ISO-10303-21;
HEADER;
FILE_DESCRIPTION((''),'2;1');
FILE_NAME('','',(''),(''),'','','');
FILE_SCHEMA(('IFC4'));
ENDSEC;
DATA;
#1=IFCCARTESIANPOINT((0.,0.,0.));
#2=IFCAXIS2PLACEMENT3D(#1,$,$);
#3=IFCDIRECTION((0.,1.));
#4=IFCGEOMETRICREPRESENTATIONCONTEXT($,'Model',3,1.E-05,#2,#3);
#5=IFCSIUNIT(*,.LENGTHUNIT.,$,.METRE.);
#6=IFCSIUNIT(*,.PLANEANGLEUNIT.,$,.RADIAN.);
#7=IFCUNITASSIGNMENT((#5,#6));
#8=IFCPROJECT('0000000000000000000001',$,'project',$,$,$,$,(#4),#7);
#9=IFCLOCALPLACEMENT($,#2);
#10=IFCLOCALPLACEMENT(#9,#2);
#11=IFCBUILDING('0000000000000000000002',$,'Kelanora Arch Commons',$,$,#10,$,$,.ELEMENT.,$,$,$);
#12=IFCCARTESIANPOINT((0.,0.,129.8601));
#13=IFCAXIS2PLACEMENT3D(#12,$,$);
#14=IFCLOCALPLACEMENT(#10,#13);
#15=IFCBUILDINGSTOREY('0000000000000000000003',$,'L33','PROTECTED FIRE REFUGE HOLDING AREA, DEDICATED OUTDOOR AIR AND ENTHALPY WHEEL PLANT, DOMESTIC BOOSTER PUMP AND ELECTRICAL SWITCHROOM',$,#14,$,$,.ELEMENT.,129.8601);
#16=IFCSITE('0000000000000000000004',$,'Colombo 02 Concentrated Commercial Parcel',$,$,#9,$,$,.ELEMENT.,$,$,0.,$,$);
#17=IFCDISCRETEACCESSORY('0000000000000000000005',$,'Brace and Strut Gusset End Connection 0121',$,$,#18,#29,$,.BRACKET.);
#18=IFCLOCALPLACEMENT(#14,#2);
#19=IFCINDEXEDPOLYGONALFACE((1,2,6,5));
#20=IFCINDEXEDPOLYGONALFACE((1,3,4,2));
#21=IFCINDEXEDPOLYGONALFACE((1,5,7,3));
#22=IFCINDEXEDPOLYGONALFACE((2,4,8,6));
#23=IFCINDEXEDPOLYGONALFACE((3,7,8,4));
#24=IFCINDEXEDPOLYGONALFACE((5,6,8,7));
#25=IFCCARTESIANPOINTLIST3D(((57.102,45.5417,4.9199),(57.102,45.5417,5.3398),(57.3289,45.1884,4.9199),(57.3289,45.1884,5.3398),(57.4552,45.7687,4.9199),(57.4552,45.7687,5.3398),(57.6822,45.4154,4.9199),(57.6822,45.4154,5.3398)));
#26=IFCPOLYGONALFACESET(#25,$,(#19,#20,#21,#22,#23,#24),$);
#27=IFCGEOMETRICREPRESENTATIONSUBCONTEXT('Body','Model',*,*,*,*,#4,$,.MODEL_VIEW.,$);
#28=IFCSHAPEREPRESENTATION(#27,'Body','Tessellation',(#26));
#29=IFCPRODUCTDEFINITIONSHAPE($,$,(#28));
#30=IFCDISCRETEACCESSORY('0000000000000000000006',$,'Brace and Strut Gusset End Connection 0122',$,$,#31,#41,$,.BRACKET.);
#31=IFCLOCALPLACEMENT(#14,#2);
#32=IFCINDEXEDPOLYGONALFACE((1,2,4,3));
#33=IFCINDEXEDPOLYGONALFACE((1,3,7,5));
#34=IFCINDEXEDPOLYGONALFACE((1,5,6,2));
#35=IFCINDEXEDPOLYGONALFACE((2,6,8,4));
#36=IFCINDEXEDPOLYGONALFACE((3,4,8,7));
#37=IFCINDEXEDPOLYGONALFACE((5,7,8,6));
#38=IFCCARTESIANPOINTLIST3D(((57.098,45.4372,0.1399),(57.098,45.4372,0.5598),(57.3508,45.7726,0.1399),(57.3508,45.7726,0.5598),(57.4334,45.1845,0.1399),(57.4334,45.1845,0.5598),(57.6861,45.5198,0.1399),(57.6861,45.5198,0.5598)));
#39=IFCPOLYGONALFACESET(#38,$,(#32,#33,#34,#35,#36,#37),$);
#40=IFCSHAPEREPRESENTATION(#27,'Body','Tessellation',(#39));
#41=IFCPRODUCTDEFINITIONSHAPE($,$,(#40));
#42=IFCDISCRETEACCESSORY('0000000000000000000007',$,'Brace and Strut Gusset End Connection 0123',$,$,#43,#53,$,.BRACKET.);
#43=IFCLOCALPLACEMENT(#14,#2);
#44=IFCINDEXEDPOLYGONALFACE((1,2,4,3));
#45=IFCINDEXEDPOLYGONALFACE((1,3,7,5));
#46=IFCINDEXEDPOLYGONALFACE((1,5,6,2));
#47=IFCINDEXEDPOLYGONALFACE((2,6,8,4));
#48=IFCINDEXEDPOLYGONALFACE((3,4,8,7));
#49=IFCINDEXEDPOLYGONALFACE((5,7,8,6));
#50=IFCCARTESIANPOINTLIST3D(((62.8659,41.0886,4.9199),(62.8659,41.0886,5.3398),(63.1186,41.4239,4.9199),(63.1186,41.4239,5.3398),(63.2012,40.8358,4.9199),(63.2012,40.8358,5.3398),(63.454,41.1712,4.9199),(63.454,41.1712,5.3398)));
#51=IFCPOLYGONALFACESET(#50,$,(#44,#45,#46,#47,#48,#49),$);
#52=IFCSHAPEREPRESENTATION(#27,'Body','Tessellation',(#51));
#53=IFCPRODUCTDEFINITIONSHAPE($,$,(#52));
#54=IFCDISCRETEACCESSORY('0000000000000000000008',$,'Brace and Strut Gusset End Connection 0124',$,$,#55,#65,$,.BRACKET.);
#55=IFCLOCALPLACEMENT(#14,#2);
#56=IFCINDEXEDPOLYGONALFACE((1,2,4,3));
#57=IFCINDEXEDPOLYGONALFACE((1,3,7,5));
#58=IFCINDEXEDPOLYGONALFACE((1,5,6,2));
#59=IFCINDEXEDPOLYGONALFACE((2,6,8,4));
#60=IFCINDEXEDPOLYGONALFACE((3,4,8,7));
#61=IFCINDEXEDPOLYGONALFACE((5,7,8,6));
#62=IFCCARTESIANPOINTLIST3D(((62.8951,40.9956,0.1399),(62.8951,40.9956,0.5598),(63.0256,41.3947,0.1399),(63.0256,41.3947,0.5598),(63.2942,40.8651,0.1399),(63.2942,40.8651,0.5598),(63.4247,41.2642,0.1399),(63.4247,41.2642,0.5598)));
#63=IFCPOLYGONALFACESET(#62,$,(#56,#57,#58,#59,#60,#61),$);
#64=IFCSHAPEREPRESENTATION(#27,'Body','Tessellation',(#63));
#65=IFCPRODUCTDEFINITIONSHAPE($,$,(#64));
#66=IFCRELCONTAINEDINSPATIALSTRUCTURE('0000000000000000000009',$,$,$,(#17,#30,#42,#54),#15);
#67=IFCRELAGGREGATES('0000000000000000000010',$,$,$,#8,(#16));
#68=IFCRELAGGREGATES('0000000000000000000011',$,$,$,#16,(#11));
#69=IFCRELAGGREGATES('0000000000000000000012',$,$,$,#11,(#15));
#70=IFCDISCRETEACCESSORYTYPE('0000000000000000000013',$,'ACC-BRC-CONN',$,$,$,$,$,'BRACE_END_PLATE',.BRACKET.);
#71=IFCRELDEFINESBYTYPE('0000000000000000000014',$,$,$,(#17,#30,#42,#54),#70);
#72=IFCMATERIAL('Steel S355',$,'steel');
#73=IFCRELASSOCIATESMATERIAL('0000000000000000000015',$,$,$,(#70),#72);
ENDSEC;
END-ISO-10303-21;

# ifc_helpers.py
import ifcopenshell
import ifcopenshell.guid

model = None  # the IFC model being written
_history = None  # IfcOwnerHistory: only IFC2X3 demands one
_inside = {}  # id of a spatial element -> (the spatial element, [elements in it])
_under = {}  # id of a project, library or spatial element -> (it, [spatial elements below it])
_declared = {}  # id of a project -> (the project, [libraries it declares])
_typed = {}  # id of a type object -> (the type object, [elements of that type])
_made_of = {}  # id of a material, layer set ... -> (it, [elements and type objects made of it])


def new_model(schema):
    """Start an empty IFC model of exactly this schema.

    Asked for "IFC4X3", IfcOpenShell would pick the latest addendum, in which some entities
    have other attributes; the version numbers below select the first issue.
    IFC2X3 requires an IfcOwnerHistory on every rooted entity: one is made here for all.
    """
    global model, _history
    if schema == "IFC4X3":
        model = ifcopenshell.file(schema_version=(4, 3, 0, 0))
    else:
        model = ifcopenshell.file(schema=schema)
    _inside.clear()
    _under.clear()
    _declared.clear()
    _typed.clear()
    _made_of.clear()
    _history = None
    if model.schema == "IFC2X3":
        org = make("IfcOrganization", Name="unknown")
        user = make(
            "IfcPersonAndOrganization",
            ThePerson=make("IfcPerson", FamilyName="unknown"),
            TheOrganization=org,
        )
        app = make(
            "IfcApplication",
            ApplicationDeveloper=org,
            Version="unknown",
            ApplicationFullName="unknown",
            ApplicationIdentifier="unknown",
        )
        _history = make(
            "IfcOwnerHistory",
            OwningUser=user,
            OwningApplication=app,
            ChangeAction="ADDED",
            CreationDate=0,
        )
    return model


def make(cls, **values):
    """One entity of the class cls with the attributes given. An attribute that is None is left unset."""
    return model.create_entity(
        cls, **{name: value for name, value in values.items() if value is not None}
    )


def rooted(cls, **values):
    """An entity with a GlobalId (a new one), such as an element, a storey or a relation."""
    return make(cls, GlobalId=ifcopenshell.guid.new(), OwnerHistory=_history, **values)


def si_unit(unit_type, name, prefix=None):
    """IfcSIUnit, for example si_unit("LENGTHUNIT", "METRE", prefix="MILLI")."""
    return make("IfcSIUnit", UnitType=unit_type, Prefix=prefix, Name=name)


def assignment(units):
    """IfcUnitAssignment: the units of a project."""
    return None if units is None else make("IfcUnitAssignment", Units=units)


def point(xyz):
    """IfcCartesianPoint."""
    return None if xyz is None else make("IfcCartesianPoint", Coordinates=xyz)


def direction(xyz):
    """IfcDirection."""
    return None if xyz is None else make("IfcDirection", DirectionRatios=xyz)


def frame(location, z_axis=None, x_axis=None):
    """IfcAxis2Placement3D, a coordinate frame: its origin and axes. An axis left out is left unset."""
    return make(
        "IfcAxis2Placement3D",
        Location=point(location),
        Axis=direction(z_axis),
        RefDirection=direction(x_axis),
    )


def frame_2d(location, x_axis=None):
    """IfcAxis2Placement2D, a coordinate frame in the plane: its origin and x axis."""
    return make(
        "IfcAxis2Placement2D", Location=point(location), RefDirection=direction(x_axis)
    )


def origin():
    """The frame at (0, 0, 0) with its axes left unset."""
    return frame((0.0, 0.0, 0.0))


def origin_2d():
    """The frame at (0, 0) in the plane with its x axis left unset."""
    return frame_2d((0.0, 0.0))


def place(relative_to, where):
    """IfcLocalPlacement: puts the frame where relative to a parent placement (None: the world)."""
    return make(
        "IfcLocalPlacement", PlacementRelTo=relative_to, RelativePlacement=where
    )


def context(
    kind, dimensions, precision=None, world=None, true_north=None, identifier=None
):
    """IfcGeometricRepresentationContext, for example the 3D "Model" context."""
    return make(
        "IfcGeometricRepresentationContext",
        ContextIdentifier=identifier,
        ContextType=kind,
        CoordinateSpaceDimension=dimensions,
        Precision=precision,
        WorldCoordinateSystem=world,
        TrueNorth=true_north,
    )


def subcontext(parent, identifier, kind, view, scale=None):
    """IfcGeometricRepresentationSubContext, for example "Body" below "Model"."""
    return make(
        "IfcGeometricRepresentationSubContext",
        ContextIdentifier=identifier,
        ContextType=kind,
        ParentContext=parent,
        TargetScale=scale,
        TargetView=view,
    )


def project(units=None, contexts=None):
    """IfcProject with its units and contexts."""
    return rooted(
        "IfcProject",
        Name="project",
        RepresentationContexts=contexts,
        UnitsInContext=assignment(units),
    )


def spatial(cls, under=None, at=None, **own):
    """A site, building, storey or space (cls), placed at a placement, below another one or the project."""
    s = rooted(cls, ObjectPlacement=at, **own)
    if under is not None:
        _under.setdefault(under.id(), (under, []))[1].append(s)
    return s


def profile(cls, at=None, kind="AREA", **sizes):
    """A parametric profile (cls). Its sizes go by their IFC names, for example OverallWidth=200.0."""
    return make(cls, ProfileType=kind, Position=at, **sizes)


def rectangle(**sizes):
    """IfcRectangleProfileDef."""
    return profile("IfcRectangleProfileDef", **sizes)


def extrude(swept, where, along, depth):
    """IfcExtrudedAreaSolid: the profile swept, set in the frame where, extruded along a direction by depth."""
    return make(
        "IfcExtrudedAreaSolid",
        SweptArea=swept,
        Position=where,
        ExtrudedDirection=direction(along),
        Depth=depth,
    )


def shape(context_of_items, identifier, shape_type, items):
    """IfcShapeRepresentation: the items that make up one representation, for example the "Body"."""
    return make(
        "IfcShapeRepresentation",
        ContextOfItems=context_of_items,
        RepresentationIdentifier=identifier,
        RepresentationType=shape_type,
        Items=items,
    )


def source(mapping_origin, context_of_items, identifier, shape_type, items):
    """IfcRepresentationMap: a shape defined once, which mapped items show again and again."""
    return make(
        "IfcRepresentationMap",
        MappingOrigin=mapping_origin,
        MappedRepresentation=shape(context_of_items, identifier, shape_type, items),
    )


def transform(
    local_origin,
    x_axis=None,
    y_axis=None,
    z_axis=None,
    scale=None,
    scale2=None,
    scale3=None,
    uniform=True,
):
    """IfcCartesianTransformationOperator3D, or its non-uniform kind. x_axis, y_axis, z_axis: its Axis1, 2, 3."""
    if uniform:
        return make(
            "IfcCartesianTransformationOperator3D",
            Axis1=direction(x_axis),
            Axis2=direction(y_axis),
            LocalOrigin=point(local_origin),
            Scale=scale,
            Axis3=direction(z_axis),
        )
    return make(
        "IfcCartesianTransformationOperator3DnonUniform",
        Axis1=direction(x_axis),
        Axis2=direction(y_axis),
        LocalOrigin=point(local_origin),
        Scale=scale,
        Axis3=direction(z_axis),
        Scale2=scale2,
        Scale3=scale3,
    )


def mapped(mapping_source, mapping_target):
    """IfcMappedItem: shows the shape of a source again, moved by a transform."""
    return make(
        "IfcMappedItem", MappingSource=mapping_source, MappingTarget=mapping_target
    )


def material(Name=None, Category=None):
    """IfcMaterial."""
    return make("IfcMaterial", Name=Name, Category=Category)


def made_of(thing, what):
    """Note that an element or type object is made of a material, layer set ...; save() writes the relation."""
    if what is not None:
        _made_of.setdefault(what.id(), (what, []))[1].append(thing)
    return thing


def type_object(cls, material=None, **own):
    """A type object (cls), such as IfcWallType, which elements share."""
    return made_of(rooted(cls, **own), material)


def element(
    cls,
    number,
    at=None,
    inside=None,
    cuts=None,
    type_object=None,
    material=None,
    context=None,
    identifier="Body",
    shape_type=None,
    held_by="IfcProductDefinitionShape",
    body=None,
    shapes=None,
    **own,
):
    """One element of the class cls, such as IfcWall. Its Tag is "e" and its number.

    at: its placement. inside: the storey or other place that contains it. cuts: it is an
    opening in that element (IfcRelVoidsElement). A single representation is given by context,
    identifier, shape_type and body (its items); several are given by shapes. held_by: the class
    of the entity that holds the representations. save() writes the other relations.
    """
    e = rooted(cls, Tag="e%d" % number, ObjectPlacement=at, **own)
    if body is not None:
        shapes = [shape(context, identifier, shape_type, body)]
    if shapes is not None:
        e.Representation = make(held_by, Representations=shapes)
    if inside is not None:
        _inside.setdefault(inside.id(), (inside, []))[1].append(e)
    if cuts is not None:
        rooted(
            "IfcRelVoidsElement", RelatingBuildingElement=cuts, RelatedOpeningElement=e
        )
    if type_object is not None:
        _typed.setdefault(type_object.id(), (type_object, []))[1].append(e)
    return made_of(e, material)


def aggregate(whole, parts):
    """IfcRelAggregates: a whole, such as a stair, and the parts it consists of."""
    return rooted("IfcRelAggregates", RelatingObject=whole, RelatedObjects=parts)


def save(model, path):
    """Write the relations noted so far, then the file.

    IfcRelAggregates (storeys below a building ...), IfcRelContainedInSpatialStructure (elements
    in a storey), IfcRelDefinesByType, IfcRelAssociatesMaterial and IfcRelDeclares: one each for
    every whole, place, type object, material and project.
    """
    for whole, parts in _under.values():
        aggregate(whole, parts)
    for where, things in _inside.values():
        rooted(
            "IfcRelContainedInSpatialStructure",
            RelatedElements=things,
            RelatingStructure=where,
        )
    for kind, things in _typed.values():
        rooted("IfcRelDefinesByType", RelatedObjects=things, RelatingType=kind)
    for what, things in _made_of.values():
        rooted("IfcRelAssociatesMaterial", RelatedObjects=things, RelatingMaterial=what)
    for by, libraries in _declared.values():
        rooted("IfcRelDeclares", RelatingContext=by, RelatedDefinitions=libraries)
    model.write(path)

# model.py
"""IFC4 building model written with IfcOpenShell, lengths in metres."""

from ifc_helpers import new_model, si_unit, direction, frame, origin, origin_2d, place, context, subcontext, project, spatial, rectangle, extrude, source, transform, mapped, material, type_object, element, save


model = new_model("IFC4")

# Units and contexts
model_context = context("Model", 3, precision=1e-05, world=origin(), true_north=direction((0.0, 1.0)))
body_context = subcontext(model_context, "Body", "Model", "MODEL_VIEW")
ifc_project = project(units=[si_unit("LENGTHUNIT", "METRE"), si_unit("PLANEANGLEUNIT", "RADIAN")], contexts=[model_context])

# Site, building, storey
site_placement = place(None, origin())
site = spatial("IfcSite", under=ifc_project, at=site_placement, Name="Colombo 02 Concentrated Commercial Parcel", CompositionType="ELEMENT", RefElevation=0.0)
building_placement = place(site_placement, origin())
building = spatial("IfcBuilding", under=site, at=building_placement, Name="Kelanora Arch Commons", CompositionType="ELEMENT")
storey_placement = place(building_placement, frame((0.0, 0.0, 129.8601)))
storey = spatial("IfcBuildingStorey", under=building, at=storey_placement, Name="L33", Description="PROTECTED FIRE REFUGE HOLDING AREA, DEDICATED OUTDOOR AIR AND ENTHALPY WHEEL PLANT, DOMESTIC BOOSTER PUMP AND ELECTRICAL SWITCHROOM", CompositionType="ELEMENT", Elevation=129.8601)

# Shared definitions
ifc_material_1 = material(Name="Steel S355", Category="steel")

# Discrete accessories
discrete_accessory_type = type_object("IfcDiscreteAccessoryType", Name="ACC-BRC-CONN", ElementType="BRACE_END_PLATE", PredefinedType="BRACKET", material=ifc_material_1)
shared_shape = source(origin(), body_context, "Body", "SweptSolid", [
    extrude(rectangle(XDim=0.4199, YDim=0.4199, at=origin_2d()), origin(), (0.0, 0.0, 1.0), 0.4199),
])
for number, where, z_axis, x_axis, name in (
    (1, (57.3921, 45.4785, 4.9199), (0.0, 0.0, 1.0), (0.540534, -0.841322, 0.0), "Brace and Strut Gusset End Connection 0121"),
    (2, (57.3921, 45.4785, 0.1399), (0.0, 0.0, 1.0), (0.79853, -0.601954, 0.0), "Brace and Strut Gusset End Connection 0122"),
    (3, (63.1599, 41.1299, 4.9199), (0.0, 0.0, 1.0), (0.79853, -0.601954, 0.0), "Brace and Strut Gusset End Connection 0123"),
    (4, (63.1599, 41.1299, 0.1399), (0.0, 0.0, 1.0), (0.950461, -0.310842, 0.0), "Brace and Strut Gusset End Connection 0124"),
):
    element("IfcDiscreteAccessory", number, at=place(storey_placement, frame(where, z_axis=z_axis, x_axis=x_axis)), inside=storey, type_object=discrete_accessory_type, Name=name, PredefinedType="BRACKET", context=body_context, shape_type="MappedRepresentation", body=[
        mapped(shared_shape, transform((0.0, 0.0, 0.0), scale=1.0)),
    ])

save(model, "model.ifc")
